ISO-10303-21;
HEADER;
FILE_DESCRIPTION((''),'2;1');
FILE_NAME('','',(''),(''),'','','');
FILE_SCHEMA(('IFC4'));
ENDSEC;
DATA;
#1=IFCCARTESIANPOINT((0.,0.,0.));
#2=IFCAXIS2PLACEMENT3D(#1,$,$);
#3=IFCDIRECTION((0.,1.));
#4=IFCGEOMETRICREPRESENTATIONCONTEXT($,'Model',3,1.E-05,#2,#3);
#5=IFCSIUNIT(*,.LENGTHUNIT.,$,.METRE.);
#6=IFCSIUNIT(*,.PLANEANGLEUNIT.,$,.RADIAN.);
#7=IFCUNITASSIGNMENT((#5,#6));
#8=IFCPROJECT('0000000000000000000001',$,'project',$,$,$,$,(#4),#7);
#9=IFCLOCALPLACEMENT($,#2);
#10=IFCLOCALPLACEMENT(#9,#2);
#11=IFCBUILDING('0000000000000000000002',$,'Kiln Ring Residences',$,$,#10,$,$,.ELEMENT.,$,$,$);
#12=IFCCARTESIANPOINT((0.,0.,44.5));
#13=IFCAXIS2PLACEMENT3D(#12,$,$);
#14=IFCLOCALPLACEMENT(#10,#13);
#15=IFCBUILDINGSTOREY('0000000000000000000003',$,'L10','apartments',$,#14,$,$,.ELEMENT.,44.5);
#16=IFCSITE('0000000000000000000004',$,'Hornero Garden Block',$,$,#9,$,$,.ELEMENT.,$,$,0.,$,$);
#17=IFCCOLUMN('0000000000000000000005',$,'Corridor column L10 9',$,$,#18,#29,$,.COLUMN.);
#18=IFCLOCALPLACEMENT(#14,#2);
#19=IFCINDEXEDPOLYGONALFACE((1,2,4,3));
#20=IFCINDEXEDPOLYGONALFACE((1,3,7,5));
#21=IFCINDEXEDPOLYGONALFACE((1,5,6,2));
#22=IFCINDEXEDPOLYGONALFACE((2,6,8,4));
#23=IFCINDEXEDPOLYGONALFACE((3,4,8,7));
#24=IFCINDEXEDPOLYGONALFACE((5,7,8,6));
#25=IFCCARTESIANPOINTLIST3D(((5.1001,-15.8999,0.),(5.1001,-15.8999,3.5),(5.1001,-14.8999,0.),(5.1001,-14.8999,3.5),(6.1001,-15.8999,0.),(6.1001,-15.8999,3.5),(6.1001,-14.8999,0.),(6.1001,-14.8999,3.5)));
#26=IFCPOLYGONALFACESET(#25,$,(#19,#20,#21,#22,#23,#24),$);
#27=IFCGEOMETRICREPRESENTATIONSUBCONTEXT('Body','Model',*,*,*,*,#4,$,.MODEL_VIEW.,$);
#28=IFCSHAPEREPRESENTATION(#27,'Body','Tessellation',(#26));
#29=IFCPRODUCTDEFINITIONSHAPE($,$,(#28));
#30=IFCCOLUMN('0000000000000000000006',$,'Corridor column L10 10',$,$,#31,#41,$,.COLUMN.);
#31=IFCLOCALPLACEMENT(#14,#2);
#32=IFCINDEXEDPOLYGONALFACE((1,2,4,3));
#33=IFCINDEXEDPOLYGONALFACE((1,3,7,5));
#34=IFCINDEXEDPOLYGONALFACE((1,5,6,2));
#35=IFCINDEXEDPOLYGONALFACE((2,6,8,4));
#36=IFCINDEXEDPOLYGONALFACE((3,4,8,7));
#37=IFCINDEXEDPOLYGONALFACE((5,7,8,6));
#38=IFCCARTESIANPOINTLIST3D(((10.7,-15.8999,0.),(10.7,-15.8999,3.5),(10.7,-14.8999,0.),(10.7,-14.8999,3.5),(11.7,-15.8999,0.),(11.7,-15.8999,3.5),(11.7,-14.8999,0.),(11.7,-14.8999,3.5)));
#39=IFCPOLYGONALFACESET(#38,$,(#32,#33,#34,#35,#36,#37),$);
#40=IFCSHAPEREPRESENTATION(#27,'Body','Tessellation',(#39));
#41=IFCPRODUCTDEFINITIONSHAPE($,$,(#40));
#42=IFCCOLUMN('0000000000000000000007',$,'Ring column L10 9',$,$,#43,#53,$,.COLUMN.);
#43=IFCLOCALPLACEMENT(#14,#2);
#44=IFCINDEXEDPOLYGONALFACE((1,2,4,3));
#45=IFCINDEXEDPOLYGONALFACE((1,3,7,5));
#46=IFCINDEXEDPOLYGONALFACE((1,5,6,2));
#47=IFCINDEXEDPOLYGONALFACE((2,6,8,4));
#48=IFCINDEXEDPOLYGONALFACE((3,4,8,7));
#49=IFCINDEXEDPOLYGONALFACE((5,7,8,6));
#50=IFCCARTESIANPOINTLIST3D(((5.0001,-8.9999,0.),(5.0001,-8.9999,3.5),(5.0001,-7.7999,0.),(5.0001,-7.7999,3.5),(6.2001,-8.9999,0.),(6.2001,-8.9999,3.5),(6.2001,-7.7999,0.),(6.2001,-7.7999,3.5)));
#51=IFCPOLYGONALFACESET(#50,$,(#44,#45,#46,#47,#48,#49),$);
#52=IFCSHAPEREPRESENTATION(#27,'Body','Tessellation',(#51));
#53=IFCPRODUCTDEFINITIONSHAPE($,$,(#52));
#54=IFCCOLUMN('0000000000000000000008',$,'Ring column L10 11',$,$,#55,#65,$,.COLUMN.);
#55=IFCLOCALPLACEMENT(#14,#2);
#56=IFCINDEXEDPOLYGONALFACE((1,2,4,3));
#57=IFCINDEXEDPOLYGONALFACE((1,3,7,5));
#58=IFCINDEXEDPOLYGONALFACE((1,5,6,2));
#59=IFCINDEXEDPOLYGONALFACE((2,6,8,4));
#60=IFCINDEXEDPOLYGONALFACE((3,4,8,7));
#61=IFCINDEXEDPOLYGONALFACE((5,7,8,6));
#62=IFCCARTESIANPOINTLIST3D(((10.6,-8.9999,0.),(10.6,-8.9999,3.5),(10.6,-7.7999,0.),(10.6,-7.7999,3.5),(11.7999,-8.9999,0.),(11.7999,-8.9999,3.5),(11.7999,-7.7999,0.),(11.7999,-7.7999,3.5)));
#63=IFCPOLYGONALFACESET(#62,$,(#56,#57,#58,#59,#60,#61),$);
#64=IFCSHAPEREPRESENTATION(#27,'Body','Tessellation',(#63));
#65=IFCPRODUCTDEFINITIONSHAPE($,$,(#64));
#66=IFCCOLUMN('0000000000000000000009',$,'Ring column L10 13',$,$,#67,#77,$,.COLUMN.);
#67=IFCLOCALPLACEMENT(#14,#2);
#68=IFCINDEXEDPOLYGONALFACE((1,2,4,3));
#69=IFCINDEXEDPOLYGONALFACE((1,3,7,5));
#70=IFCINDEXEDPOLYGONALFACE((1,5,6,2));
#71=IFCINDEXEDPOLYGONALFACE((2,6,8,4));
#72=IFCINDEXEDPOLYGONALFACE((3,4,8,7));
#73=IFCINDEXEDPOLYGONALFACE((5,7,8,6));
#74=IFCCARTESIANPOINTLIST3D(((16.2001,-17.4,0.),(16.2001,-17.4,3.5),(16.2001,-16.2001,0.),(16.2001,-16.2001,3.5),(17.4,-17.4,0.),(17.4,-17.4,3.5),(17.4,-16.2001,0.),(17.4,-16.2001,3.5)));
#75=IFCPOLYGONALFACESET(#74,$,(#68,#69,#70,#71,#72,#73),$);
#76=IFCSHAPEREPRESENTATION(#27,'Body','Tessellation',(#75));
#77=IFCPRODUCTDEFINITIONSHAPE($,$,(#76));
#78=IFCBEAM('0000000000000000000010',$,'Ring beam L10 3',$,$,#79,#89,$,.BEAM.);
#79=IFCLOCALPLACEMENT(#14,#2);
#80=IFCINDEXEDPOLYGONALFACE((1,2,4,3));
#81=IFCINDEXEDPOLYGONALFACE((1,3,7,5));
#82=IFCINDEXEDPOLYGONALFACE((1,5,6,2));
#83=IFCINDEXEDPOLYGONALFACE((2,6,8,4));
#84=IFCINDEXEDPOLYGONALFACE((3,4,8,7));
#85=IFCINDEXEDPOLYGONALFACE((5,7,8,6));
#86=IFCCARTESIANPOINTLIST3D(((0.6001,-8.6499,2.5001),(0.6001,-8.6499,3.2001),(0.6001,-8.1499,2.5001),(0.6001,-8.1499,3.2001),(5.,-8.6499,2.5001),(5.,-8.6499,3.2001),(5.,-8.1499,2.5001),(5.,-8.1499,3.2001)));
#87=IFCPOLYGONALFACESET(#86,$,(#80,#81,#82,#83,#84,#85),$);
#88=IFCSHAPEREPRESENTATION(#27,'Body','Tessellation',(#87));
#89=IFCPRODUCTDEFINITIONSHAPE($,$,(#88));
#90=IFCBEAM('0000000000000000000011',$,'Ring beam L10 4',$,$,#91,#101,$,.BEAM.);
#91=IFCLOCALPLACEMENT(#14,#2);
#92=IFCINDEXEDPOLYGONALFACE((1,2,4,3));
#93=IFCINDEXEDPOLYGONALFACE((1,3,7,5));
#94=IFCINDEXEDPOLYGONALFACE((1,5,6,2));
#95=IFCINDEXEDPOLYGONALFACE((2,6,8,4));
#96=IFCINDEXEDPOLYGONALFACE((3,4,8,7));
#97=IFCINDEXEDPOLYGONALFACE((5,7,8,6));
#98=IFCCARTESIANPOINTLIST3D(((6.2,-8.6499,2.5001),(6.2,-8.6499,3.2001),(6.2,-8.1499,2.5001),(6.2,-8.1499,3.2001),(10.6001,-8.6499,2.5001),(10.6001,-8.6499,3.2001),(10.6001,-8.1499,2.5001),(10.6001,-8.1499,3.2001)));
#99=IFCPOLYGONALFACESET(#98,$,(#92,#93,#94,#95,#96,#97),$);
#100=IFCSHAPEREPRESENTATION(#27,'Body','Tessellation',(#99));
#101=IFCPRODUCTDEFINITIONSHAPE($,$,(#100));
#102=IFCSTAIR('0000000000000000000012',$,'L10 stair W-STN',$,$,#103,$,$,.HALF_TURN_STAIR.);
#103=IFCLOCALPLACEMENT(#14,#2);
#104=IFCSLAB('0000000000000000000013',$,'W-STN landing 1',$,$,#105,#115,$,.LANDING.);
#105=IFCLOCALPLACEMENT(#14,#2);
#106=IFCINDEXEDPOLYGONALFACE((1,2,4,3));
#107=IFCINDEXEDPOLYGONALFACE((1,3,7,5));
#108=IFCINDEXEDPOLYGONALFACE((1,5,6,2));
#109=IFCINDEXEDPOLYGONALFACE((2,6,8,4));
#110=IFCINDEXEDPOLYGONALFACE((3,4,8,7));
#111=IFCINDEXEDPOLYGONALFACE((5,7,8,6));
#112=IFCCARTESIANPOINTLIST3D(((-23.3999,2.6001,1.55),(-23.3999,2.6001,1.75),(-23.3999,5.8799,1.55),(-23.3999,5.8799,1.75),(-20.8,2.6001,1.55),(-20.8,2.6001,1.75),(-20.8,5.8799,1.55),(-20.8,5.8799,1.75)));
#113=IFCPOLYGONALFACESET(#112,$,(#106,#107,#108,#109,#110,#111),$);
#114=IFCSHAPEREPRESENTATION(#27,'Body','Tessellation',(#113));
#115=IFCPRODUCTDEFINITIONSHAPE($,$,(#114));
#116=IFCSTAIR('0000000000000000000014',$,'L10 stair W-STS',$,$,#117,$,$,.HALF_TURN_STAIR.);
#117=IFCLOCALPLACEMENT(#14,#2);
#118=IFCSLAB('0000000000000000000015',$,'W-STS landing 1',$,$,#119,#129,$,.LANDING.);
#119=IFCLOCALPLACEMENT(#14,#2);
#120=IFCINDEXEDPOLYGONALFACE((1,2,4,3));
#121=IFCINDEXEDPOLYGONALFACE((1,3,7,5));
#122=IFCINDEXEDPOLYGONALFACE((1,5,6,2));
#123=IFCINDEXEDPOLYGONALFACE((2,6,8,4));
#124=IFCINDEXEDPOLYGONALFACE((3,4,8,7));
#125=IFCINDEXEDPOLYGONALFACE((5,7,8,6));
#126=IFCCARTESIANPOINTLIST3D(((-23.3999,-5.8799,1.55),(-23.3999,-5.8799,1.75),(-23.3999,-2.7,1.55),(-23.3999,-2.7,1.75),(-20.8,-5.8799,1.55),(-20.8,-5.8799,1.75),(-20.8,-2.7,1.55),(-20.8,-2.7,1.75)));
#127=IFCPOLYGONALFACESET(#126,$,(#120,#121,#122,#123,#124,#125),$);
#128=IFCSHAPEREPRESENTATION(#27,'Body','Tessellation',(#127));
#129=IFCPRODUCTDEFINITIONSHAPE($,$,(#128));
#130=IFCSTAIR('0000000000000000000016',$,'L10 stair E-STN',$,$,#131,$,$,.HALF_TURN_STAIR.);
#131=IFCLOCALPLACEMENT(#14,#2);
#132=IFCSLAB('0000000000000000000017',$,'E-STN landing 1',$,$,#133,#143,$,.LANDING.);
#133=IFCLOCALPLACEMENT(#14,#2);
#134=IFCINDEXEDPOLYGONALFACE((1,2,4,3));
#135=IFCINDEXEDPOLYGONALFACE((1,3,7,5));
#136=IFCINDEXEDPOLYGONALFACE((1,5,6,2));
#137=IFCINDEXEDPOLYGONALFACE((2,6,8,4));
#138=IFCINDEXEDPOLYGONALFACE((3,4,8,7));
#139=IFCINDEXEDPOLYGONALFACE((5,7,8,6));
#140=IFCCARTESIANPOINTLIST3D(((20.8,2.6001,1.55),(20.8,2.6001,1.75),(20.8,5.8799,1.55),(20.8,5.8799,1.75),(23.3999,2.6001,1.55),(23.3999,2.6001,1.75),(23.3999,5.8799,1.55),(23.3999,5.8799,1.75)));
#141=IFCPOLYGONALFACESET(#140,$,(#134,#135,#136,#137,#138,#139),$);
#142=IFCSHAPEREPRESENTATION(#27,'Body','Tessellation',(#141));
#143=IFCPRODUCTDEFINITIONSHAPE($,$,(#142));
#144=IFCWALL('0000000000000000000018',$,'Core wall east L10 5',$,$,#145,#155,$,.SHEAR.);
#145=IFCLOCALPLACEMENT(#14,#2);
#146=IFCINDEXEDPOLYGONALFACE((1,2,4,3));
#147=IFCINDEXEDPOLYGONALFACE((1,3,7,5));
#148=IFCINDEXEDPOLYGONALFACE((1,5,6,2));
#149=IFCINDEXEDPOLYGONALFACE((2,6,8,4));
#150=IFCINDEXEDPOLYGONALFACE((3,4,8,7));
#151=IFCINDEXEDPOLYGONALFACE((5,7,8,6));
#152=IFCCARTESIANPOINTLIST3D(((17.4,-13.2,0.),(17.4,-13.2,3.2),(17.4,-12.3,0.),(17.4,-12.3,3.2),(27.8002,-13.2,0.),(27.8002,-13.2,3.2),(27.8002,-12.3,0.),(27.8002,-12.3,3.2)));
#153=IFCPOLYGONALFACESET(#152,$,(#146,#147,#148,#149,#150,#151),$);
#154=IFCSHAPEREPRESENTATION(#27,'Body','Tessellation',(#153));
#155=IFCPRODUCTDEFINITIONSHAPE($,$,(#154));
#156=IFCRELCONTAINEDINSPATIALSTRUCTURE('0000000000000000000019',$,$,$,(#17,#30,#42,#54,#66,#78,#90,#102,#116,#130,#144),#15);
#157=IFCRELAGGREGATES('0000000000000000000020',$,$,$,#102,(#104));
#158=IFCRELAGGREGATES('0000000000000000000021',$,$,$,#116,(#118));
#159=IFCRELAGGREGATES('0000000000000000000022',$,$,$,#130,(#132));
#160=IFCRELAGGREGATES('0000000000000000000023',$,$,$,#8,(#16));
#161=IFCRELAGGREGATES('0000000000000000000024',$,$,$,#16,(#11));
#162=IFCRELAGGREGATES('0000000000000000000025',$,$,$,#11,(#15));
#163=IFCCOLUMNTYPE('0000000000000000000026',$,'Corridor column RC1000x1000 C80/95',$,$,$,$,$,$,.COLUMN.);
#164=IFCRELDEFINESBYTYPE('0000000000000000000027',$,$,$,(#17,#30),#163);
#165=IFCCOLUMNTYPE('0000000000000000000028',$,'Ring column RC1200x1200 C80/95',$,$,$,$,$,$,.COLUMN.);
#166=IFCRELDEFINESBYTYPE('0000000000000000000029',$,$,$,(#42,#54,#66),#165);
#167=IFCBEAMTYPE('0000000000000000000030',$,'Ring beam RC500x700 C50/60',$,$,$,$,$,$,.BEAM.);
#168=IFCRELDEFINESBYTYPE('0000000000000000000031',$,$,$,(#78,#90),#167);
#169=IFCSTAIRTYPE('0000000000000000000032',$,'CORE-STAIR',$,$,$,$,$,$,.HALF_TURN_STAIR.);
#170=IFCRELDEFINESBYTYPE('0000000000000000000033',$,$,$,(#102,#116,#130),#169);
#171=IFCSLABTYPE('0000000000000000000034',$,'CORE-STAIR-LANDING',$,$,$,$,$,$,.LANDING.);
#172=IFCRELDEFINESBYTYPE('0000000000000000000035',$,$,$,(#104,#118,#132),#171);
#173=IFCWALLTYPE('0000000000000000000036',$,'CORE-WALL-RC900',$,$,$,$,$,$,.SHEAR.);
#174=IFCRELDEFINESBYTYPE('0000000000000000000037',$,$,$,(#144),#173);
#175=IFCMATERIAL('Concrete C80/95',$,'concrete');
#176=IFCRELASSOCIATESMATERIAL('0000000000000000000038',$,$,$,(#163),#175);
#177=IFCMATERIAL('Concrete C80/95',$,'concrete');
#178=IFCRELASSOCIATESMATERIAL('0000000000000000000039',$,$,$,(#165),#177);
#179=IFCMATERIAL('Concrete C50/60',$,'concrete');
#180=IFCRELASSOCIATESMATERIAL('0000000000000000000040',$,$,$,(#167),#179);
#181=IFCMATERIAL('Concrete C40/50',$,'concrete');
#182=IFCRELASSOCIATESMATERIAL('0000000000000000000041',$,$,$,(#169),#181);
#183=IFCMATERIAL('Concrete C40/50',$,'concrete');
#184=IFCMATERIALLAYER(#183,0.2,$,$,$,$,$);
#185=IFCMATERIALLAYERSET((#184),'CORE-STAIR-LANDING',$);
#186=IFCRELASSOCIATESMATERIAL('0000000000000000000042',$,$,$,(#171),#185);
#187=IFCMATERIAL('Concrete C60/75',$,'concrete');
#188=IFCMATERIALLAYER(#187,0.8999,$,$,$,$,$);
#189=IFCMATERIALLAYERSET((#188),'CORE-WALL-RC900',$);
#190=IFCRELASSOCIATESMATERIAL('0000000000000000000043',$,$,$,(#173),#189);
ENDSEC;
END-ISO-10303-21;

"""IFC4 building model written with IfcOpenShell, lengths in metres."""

from ifc_helpers import new_model, si_unit, direction, frame, frame_2d, origin, origin_2d, place, context, subcontext, project, spatial, polyline, rectangle, outline, extrude, material, layer, layer_set, material_profile, profile_set, type_object, element, aggregate, save


model = new_model("IFC4")

# Units and contexts
model_context = context("Model", 3, precision=1e-05, world=origin(), true_north=direction((0.0, 1.0)))
body_context = subcontext(model_context, "Body", "Model", "MODEL_VIEW")
ifc_project = project(units=[si_unit("LENGTHUNIT", "METRE"), si_unit("PLANEANGLEUNIT", "RADIAN")], contexts=[model_context])

# Site, building, storey
site_placement = place(None, origin())
site = spatial("IfcSite", under=ifc_project, at=site_placement, Name="Hornero Garden Block", CompositionType="ELEMENT", RefElevation=0.0)
building_placement = place(site_placement, origin())
building = spatial("IfcBuilding", under=site, at=building_placement, Name="Kiln Ring Residences", CompositionType="ELEMENT")
storey_placement = place(building_placement, frame((0.0, 0.0, 44.5)))
storey = spatial("IfcBuildingStorey", under=building, at=storey_placement, Name="L10", Description="apartments", CompositionType="ELEMENT", Elevation=44.5)

# Columns
ifc_material_1 = material(Name="Concrete C80/95", Category="concrete")
ifc_material_profile_1 = material_profile(ifc_material_1, rectangle(XDim=1.0, YDim=1.0, at=origin_2d()), Name="RC1000x1000")
ifc_profile_set_1 = profile_set([ifc_material_profile_1], Name="Concrete C80/95")
column_type_1 = type_object("IfcColumnType", Name="Corridor column RC1000x1000 C80/95", PredefinedType="COLUMN", material=ifc_profile_set_1)
for number, where, z_axis, x_axis, name in (
    (1, (5.6001, -15.3999, 0.0), (0.0, 0.0, 1.0), (1.0, 0.0, 0.0), "Corridor column L10 9"),
    (2, (11.2, -15.3999, 0.0), (0.0, 0.0, 1.0), (1.0, 0.0, 0.0), "Corridor column L10 10"),
):
    element("IfcColumn", number, at=place(storey_placement, frame(where, z_axis=z_axis, x_axis=x_axis)), inside=storey, type_object=column_type_1, Name=name, PredefinedType="COLUMN", context=body_context, shape_type="SweptSolid", body=[
        extrude(rectangle(XDim=1.0, YDim=1.0, at=origin_2d()), origin(), (0.0, 0.0, 1.0), 3.5),
    ])
ifc_material_2 = material(Name="Concrete C80/95", Category="concrete")
ifc_material_profile_2 = material_profile(ifc_material_2, rectangle(XDim=1.2, YDim=1.2, at=origin_2d()), Name="RC1200x1200")
ifc_profile_set_2 = profile_set([ifc_material_profile_2], Name="Concrete C80/95")
column_type_2 = type_object("IfcColumnType", Name="Ring column RC1200x1200 C80/95", PredefinedType="COLUMN", material=ifc_profile_set_2)
for number, where, z_axis, x_axis, name in (
    (3, (5.6001, -8.3999, 0.0), (0.0, 0.0, 1.0), (1.0, 0.0, 0.0), "Ring column L10 9"),
    (4, (11.2, -8.3999, 0.0), (0.0, 0.0, 1.0), (1.0, 0.0, 0.0), "Ring column L10 11"),
    (5, (16.8, -16.8, 0.0), (0.0, 0.0, 1.0), (1.0, 0.0, 0.0), "Ring column L10 13"),
):
    element("IfcColumn", number, at=place(storey_placement, frame(where, z_axis=z_axis, x_axis=x_axis)), inside=storey, type_object=column_type_2, Name=name, PredefinedType="COLUMN", context=body_context, shape_type="SweptSolid", body=[
        extrude(rectangle(XDim=1.2, YDim=1.2, at=origin_2d()), origin(), (0.0, 0.0, 1.0), 3.5),
    ])

# Beams
ifc_material_3 = material(Name="Concrete C50/60", Category="concrete")
ifc_material_profile_3 = material_profile(ifc_material_3, rectangle(XDim=0.5, YDim=0.7, at=origin_2d()), Name="RC500x700")
ifc_profile_set_3 = profile_set([ifc_material_profile_3], Name="Concrete C50/60")
beam_type = type_object("IfcBeamType", Name="Ring beam RC500x700 C50/60", PredefinedType="BEAM", material=ifc_profile_set_3)
beam_1_placement = place(storey_placement, frame((0.6001, -8.3999, 2.8501), z_axis=(1.0, 0.0, 0.0), x_axis=(0.0, 1.0, 0.0)))
element("IfcBeam", 6, at=beam_1_placement, inside=storey, type_object=beam_type, Name="Ring beam L10 3", PredefinedType="BEAM", context=body_context, shape_type="SweptSolid", body=[
    extrude(rectangle(XDim=0.5, YDim=0.7, at=origin_2d()), origin(), (0.0, 0.0, 1.0), 4.3999),
])
beam_2_placement = place(storey_placement, frame((6.2, -8.3999, 2.8501), z_axis=(1.0, 0.0, 0.0), x_axis=(0.0, 1.0, 0.0)))
element("IfcBeam", 7, at=beam_2_placement, inside=storey, type_object=beam_type, Name="Ring beam L10 4", PredefinedType="BEAM", context=body_context, shape_type="SweptSolid", body=[
    extrude(rectangle(XDim=0.5, YDim=0.7, at=origin_2d()), origin(), (0.0, 0.0, 1.0), 4.4001),
])

# Stairs, slabs
ifc_material_4 = material(Name="Concrete C40/50", Category="concrete")
stair_type = type_object("IfcStairType", Name="CORE-STAIR", PredefinedType="HALF_TURN_STAIR", material=ifc_material_4)
placement_1 = place(storey_placement, origin())
stair_1 = element("IfcStair", 8, at=placement_1, inside=storey, type_object=stair_type, Name="L10 stair W-STN", PredefinedType="HALF_TURN_STAIR")
ifc_material_5 = material(Name="Concrete C40/50", Category="concrete")
ifc_layer_1 = layer(ifc_material_5, 0.2)
ifc_layer_set_1 = layer_set([ifc_layer_1], Name="CORE-STAIR-LANDING")
slab_type = type_object("IfcSlabType", Name="CORE-STAIR-LANDING", PredefinedType="LANDING", material=ifc_layer_set_1)
placement_2 = place(storey_placement, frame((0.0, 0.0, 1.55)))
slab_1 = element("IfcSlab", 9, at=placement_2, type_object=slab_type, Name="W-STN landing 1", PredefinedType="LANDING", context=body_context, shape_type="SweptSolid", body=[
    extrude(outline(polyline([(-23.3999, 5.8799), (-23.3999, 2.6001), (-20.8, 2.6001), (-20.8, 5.8799), (-23.3999, 5.8799)])), origin(), (0.0, 0.0, 1.0), 0.2),
])
aggregate(stair_1, [slab_1])
stair_2 = element("IfcStair", 10, at=placement_1, inside=storey, type_object=stair_type, Name="L10 stair W-STS", PredefinedType="HALF_TURN_STAIR")
slab_2 = element("IfcSlab", 11, at=placement_2, type_object=slab_type, Name="W-STS landing 1", PredefinedType="LANDING", context=body_context, shape_type="SweptSolid", body=[
    extrude(outline(polyline([(-20.8, -5.8799), (-20.8, -2.7), (-23.3999, -2.7), (-23.3999, -5.8799), (-20.8, -5.8799)])), origin(), (0.0, 0.0, 1.0), 0.2),
])
aggregate(stair_2, [slab_2])
stair_3 = element("IfcStair", 12, at=placement_1, inside=storey, type_object=stair_type, Name="L10 stair E-STN", PredefinedType="HALF_TURN_STAIR")
slab_3 = element("IfcSlab", 13, at=placement_2, type_object=slab_type, Name="E-STN landing 1", PredefinedType="LANDING", context=body_context, shape_type="SweptSolid", body=[
    extrude(outline(polyline([(20.8, 5.8799), (20.8, 2.6001), (23.3999, 2.6001), (23.3999, 5.8799), (20.8, 5.8799)])), origin(), (0.0, 0.0, 1.0), 0.2),
])
aggregate(stair_3, [slab_3])

# Wall
ifc_material_6 = material(Name="Concrete C60/75", Category="concrete")
ifc_layer_2 = layer(ifc_material_6, 0.8999)
ifc_layer_set_2 = layer_set([ifc_layer_2], Name="CORE-WALL-RC900")
wall_type_1 = type_object("IfcWallType", Name="CORE-WALL-RC900", PredefinedType="SHEAR", material=ifc_layer_set_2)
wall_1_placement = place(storey_placement, frame((17.3999, -12.75, 0.0), z_axis=(0.0, 0.0, 1.0), x_axis=(1.0, 0.0, 0.0)))
element("IfcWall", 14, at=wall_1_placement, inside=storey, type_object=wall_type_1, Name="Core wall east L10 5", PredefinedType="SHEAR", context=body_context, shape_type="SweptSolid", body=[
    extrude(rectangle(XDim=10.4001, YDim=0.8999, at=frame_2d((5.2002, 0.0))), origin(), (0.0, 0.0, 1.0), 3.2),
])

save(model, "model.ifc")
